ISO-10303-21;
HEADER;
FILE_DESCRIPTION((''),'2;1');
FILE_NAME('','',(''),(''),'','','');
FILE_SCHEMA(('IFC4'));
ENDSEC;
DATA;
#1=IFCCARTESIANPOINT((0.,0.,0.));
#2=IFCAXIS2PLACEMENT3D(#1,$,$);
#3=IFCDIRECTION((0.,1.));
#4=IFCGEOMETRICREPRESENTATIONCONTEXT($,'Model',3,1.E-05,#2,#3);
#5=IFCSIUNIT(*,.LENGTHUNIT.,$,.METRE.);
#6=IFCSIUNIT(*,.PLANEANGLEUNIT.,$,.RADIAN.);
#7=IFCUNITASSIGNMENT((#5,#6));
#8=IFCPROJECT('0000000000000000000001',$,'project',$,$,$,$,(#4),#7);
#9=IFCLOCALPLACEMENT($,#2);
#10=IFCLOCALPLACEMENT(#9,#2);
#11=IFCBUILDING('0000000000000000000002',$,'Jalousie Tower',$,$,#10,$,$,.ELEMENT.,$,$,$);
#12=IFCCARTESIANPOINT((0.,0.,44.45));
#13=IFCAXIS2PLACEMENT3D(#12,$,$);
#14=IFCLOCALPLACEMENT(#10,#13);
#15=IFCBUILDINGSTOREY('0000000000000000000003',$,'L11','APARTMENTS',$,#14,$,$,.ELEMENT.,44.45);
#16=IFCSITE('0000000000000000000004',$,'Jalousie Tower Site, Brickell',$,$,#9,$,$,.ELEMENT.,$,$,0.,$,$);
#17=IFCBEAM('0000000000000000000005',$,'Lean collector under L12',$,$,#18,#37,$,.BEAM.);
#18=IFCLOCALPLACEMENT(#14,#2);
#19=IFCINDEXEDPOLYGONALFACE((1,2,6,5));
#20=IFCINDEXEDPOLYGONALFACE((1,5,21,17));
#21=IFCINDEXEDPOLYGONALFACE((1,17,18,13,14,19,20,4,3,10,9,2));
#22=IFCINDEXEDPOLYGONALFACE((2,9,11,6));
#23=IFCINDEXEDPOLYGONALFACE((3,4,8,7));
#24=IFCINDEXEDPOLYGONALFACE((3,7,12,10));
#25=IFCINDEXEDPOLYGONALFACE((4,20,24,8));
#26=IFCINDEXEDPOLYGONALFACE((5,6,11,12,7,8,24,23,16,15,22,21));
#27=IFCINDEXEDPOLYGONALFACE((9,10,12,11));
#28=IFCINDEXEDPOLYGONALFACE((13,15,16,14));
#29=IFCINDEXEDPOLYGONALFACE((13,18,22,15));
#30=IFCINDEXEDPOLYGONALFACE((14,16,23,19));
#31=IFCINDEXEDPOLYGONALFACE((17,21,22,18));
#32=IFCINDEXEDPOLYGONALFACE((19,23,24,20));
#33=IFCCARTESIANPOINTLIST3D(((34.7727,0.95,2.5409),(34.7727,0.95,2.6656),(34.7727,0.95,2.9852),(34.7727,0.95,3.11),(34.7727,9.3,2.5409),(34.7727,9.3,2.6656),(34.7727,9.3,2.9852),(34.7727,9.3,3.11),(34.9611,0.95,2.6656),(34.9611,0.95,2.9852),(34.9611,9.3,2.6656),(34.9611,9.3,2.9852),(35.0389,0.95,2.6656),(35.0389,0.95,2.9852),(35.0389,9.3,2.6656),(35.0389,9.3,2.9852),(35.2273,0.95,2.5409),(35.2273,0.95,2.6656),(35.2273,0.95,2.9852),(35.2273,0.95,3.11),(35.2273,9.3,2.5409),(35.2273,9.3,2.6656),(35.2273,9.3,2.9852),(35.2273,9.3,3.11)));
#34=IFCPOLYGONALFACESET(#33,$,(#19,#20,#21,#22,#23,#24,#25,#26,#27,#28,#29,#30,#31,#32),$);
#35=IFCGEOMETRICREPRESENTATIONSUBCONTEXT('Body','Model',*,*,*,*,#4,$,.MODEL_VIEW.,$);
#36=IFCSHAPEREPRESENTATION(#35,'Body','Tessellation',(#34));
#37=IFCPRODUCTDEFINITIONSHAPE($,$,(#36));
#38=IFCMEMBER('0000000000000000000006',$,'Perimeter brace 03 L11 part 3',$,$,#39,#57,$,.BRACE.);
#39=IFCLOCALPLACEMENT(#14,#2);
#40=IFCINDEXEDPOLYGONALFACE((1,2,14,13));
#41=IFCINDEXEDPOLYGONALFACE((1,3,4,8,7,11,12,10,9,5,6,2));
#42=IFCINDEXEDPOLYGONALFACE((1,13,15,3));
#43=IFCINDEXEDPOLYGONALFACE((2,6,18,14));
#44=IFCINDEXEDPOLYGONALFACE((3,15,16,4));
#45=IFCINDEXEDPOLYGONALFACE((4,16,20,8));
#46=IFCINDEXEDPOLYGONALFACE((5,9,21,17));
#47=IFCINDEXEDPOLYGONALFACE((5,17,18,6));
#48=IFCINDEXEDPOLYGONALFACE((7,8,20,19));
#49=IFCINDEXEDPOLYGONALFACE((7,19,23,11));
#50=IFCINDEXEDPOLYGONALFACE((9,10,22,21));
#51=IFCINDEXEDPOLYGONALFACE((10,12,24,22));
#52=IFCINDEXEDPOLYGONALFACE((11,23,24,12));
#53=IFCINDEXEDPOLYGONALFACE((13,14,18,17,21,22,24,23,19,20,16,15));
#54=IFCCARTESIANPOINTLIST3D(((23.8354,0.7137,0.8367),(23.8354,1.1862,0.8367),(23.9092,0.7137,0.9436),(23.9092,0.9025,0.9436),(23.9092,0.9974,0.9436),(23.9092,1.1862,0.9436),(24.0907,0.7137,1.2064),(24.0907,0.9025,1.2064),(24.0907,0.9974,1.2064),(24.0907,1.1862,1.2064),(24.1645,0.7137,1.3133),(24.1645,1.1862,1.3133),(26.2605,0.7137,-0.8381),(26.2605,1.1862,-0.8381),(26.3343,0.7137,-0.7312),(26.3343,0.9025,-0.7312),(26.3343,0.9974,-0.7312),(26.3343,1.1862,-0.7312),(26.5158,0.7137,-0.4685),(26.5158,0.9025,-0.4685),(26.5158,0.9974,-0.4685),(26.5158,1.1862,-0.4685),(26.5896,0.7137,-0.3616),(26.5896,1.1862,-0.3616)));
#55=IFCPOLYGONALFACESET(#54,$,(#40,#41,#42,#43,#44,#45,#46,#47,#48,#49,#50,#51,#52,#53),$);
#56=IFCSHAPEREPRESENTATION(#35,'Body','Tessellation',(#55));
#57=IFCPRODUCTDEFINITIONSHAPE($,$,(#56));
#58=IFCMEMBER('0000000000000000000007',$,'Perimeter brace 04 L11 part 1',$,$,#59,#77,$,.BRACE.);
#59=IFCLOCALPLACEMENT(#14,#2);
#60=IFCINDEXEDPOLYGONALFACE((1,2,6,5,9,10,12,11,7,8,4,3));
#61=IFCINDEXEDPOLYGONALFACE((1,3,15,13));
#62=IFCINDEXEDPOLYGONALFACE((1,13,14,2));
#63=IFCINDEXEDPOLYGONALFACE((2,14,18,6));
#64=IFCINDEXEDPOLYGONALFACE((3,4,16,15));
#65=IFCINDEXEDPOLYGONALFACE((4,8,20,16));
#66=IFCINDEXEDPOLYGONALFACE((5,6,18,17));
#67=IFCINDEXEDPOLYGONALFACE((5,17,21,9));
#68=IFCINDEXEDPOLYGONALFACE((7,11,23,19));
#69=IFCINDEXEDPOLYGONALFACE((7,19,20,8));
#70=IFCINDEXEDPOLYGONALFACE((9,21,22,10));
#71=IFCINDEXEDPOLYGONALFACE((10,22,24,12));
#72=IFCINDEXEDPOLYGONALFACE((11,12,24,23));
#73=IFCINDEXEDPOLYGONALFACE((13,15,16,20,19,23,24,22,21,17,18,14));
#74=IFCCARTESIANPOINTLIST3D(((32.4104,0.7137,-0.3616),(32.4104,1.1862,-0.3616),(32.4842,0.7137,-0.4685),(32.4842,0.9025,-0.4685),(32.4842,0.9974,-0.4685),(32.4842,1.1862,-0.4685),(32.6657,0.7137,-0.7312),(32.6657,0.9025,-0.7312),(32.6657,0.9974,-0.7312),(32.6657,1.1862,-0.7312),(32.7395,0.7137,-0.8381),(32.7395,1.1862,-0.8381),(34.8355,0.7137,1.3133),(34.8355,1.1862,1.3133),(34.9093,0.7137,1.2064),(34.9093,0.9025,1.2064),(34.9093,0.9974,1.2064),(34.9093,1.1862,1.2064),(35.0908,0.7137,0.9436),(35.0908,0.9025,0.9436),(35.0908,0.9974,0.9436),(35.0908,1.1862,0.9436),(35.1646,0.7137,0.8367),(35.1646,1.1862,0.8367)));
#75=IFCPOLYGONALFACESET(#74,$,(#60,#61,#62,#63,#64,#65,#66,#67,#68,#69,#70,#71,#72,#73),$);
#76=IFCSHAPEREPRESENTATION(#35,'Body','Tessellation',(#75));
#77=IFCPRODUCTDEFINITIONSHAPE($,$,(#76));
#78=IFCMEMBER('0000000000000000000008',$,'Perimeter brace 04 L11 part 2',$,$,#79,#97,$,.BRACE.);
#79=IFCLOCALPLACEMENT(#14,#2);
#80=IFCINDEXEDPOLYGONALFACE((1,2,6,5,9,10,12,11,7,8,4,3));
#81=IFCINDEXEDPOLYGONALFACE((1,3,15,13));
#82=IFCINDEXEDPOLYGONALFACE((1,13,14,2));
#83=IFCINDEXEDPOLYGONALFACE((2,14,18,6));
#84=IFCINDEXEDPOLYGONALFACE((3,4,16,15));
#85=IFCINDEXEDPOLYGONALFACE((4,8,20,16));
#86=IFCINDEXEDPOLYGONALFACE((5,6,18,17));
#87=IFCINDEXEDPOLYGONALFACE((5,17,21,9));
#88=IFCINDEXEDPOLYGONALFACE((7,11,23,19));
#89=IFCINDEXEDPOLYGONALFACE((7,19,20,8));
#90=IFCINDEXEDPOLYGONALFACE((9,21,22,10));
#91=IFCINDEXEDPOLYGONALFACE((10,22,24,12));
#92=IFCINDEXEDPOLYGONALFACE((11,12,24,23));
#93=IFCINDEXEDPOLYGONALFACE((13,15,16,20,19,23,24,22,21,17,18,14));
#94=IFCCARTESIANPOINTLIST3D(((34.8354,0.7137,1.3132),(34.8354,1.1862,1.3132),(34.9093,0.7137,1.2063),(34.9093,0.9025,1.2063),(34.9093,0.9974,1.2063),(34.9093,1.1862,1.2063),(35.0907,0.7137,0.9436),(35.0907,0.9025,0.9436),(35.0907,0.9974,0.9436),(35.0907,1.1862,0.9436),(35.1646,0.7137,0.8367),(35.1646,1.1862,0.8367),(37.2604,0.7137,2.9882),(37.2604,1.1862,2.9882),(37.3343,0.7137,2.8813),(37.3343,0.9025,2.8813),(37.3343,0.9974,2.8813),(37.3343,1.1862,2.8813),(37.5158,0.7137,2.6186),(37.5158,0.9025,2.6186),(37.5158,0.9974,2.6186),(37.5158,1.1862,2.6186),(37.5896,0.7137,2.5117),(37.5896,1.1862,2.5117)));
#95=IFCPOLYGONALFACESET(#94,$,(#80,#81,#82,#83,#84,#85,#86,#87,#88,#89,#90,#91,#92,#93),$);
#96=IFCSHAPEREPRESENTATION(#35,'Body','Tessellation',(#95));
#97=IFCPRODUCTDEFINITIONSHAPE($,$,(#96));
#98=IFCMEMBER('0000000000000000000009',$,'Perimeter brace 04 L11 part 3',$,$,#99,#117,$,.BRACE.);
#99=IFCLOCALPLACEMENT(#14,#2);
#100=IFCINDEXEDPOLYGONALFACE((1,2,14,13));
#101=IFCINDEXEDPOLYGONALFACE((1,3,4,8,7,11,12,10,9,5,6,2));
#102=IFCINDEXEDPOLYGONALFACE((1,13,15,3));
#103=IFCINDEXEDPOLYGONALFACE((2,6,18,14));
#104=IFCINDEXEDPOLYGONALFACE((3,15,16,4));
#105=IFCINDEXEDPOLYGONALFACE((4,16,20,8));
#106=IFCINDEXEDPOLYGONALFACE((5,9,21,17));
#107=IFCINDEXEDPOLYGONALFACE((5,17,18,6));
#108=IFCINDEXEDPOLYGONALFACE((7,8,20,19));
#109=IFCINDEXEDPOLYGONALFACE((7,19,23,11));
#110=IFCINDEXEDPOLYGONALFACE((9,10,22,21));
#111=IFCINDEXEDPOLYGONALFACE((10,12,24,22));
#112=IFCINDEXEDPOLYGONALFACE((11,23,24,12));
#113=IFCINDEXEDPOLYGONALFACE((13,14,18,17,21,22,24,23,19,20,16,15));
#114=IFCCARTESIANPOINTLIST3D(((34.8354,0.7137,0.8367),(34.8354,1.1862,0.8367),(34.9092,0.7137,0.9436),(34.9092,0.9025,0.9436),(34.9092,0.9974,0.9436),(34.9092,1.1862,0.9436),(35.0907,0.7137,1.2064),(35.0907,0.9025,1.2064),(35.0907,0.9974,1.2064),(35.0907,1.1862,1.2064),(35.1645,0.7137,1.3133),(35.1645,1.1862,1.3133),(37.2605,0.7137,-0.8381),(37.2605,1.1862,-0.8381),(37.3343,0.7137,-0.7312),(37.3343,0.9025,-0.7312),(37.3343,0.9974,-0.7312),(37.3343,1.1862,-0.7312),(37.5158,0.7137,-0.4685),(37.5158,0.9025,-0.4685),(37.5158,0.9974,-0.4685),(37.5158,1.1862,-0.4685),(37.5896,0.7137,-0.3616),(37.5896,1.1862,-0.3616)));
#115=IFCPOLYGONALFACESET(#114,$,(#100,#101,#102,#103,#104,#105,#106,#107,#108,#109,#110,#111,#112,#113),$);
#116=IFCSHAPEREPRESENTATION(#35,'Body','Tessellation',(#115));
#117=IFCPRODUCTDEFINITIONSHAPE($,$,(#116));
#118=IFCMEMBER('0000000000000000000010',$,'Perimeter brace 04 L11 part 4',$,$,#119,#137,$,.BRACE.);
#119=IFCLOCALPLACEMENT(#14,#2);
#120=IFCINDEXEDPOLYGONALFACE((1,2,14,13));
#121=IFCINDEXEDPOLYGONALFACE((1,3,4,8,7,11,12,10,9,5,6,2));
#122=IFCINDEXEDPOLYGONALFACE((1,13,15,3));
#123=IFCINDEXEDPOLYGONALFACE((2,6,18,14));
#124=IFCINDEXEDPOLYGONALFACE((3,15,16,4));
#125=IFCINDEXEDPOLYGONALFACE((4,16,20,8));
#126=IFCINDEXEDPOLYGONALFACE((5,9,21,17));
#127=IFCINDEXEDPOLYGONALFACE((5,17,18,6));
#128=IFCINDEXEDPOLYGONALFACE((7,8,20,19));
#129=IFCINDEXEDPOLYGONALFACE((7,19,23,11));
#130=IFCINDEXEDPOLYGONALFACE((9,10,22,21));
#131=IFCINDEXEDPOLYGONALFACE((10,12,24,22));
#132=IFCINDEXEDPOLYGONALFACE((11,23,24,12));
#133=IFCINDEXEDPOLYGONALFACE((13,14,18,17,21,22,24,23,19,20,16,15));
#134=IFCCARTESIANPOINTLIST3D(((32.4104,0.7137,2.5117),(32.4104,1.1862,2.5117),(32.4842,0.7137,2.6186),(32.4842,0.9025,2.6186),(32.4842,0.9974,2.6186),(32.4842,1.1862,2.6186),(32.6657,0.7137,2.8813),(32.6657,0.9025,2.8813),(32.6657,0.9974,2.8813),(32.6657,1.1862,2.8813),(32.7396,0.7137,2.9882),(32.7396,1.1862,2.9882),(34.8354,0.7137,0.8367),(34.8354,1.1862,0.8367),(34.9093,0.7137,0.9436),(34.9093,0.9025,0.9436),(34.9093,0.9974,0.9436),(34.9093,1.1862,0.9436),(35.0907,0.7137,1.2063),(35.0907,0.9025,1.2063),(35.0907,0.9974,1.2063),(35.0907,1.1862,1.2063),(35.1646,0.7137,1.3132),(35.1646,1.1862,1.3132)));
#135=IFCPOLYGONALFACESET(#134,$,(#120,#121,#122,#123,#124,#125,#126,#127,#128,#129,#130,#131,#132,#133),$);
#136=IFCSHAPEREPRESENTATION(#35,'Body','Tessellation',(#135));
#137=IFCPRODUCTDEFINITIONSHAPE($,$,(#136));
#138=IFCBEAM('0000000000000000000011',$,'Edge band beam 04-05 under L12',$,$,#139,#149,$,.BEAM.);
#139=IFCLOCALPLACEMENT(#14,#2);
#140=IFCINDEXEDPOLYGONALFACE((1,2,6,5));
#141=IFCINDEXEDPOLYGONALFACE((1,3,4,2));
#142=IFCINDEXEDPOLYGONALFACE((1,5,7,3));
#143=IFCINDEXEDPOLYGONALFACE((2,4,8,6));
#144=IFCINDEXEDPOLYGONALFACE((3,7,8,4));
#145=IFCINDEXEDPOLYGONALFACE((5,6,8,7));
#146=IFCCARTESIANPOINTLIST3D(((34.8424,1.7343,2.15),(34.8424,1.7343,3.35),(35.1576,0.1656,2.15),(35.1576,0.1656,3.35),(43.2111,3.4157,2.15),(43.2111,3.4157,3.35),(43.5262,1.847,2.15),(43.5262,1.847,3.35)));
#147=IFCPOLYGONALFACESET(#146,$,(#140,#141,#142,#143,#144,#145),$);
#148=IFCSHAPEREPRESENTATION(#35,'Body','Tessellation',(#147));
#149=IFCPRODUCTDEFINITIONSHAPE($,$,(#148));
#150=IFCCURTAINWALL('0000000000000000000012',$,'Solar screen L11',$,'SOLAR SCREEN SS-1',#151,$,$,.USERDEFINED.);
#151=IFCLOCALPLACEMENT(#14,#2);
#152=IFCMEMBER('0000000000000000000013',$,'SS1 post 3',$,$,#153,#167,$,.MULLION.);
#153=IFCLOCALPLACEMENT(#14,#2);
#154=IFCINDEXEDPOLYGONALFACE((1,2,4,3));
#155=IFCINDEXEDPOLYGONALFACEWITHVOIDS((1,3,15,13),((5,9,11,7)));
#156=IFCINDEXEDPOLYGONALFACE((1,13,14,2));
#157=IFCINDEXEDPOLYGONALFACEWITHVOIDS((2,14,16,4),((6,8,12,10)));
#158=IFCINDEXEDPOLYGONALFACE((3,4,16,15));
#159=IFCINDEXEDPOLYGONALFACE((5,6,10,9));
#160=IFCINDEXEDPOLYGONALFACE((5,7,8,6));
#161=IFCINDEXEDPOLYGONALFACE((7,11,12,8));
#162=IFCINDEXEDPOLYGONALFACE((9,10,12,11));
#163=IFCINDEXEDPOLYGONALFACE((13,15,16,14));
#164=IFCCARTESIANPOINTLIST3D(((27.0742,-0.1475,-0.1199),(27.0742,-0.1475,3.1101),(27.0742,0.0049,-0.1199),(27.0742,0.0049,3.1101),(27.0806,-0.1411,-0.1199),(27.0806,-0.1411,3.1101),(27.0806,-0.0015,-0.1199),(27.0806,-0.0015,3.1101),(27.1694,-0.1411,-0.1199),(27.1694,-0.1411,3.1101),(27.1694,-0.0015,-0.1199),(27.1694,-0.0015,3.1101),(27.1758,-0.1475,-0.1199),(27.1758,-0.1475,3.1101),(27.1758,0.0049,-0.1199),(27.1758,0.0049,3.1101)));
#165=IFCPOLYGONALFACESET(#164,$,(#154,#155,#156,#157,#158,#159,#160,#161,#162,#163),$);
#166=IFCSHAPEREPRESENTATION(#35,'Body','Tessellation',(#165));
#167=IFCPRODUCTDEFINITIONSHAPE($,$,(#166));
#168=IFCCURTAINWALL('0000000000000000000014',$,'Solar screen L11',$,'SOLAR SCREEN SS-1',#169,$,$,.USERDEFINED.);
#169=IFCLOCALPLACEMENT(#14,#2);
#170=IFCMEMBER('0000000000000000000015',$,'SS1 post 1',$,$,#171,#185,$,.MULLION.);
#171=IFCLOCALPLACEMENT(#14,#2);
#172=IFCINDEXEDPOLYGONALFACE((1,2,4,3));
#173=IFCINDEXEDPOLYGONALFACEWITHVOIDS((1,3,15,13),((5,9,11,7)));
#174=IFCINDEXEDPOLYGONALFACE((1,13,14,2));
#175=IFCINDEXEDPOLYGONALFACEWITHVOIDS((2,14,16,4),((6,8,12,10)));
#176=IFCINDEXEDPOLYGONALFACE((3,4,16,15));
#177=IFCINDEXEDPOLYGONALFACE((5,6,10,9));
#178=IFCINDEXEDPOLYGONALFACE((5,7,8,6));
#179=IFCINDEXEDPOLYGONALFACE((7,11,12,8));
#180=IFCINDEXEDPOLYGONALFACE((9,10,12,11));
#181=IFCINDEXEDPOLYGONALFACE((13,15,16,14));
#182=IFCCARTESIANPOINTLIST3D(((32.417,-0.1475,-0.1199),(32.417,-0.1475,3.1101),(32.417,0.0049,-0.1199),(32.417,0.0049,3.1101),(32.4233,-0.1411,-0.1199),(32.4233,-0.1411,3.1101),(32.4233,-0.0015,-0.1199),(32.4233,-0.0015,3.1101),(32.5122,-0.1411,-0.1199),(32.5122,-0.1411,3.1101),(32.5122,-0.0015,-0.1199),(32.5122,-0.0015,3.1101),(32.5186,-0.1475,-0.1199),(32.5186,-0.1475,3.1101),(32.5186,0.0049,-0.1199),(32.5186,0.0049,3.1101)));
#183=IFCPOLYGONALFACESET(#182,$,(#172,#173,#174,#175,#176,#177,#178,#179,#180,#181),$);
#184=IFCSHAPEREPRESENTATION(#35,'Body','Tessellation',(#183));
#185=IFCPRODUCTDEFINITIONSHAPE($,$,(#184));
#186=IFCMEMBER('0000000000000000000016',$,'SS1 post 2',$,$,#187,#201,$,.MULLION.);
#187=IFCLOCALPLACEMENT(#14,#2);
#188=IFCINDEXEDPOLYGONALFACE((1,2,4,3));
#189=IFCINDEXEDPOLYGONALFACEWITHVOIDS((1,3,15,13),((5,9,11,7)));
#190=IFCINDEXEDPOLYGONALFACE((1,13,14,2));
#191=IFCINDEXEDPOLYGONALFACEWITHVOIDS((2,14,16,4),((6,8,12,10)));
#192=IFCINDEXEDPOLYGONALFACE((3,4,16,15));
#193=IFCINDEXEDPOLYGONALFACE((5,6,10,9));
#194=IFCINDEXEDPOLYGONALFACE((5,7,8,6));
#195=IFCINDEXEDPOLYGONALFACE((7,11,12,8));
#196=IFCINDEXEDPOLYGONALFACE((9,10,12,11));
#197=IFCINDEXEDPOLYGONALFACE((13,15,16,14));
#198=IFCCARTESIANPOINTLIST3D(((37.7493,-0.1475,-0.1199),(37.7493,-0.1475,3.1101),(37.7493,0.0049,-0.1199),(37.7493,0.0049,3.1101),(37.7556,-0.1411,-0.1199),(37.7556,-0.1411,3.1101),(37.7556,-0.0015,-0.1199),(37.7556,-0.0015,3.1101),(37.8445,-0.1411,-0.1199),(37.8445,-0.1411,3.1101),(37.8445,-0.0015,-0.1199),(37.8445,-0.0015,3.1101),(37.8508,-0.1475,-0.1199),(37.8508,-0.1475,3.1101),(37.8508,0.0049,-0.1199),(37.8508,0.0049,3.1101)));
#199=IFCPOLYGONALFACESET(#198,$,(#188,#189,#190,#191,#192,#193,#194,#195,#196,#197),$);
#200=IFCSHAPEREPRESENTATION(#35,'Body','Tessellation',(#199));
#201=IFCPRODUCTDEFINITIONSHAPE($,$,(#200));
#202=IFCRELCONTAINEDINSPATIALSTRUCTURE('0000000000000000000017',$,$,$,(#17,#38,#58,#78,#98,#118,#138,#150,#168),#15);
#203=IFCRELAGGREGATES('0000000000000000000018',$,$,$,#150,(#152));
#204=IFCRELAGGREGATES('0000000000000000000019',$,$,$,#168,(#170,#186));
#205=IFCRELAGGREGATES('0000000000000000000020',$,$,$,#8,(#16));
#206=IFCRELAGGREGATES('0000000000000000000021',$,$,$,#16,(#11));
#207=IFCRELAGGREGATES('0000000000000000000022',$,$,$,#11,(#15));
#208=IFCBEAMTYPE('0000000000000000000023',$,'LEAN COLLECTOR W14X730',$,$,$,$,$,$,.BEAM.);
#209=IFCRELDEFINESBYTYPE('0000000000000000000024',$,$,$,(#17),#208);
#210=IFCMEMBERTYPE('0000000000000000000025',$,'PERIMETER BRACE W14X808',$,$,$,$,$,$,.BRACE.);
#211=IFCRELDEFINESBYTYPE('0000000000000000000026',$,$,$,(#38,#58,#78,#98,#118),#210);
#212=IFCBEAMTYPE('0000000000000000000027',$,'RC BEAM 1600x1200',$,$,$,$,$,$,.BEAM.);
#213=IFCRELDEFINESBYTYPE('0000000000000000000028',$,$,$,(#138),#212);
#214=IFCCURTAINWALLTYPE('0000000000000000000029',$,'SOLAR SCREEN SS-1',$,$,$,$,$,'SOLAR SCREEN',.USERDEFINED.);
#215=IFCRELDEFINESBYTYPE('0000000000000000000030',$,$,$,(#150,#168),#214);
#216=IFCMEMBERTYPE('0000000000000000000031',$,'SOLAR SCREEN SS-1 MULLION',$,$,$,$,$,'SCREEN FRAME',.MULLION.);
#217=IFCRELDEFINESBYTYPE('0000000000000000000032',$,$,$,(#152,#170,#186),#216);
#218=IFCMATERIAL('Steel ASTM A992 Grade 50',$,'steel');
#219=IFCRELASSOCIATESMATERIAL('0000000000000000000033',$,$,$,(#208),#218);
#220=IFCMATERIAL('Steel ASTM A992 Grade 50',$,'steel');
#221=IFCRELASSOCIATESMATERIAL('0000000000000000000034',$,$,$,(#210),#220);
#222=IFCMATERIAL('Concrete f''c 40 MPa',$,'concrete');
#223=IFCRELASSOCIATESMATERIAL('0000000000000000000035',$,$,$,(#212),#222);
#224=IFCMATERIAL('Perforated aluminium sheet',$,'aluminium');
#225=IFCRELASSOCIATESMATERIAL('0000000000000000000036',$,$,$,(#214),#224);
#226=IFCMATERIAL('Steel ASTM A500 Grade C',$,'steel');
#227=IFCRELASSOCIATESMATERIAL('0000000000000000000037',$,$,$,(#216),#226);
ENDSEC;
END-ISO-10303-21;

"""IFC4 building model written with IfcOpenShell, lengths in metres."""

from ifc_helpers import new_model, si_unit, direction, frame, origin, origin_2d, place, context, subcontext, project, spatial, rectangle, hollow_rectangle, i_section, extrude, material, material_profile, profile_set, type_object, element, aggregate, save


model = new_model("IFC4")

# Units and contexts
model_context = context("Model", 3, precision=1e-05, world=origin(), true_north=direction((0.0, 1.0)))
body_context = subcontext(model_context, "Body", "Model", "MODEL_VIEW")
ifc_project = project(units=[si_unit("LENGTHUNIT", "METRE"), si_unit("PLANEANGLEUNIT", "RADIAN")], contexts=[model_context])

# Site, building, storey
site_placement = place(None, origin())
site = spatial("IfcSite", under=ifc_project, at=site_placement, Name="Jalousie Tower Site, Brickell", CompositionType="ELEMENT", RefElevation=0.0)
building_placement = place(site_placement, origin())
building = spatial("IfcBuilding", under=site, at=building_placement, Name="Jalousie Tower", CompositionType="ELEMENT")
storey_placement = place(building_placement, frame((0.0, 0.0, 44.45)))
storey = spatial("IfcBuildingStorey", under=building, at=storey_placement, Name="L11", Description="APARTMENTS", CompositionType="ELEMENT", Elevation=44.45)

# Beam
ifc_material_1 = material(Name="Steel ASTM A992 Grade 50", Category="steel")
ifc_material_profile_1 = material_profile(ifc_material_1, i_section(OverallWidth=0.4546, OverallDepth=0.5691, WebThickness=0.0779, FlangeThickness=0.1248, at=origin_2d()), Name="W14X730")
ifc_profile_set_1 = profile_set([ifc_material_profile_1], Name="Steel ASTM A992 Grade 50")
beam_type_1 = type_object("IfcBeamType", Name="LEAN COLLECTOR W14X730", PredefinedType="BEAM", material=ifc_profile_set_1)
beam_1_placement = place(storey_placement, frame((35.0, 0.95, 2.8254), z_axis=(0.0, 1.0, 0.0), x_axis=(-1.0, 0.0, 0.0)))
element("IfcBeam", 1, at=beam_1_placement, inside=storey, type_object=beam_type_1, Name="Lean collector under L12", PredefinedType="BEAM", context=body_context, shape_type="SweptSolid", body=[
    extrude(i_section(OverallWidth=0.4546, OverallDepth=0.5691, WebThickness=0.0779, FlangeThickness=0.1248, at=origin_2d()), origin(), (0.0, 0.0, 1.0), 8.3501),
])

# Members
ifc_material_2 = material(Name="Steel ASTM A992 Grade 50", Category="steel")
ifc_material_profile_2 = material_profile(ifc_material_2, i_section(OverallWidth=0.4724, OverallDepth=0.5791, WebThickness=0.095, FlangeThickness=0.1299, at=origin_2d()), Name="W14X808")
ifc_profile_set_2 = profile_set([ifc_material_profile_2], Name="Steel ASTM A992 Grade 50")
member_type_1 = type_object("IfcMemberType", Name="PERIMETER BRACE W14X808", PredefinedType="BRACE", material=ifc_profile_set_2)
for number, where, z_axis, x_axis, name in (
    (2, (26.425, 0.95, -0.5999), (-0.822839, 0.0, 0.568275), (0.0, -1.0, 0.0), "Perimeter brace 03 L11 part 3"),
    (3, (32.575, 0.95, -0.5999), (0.822839, 0.0, 0.568275), (0.0, 1.0, 0.0), "Perimeter brace 04 L11 part 1"),
    (4, (35.0, 0.95, 1.075), (0.8228, 0.0, 0.568331), (0.0, 1.0, 0.0), "Perimeter brace 04 L11 part 2"),
    (5, (37.425, 0.95, -0.5999), (-0.822839, 0.0, 0.568275), (0.0, -1.0, 0.0), "Perimeter brace 04 L11 part 3"),
    (6, (35.0, 0.95, 1.075), (-0.8228, 0.0, 0.568331), (0.0, -1.0, 0.0), "Perimeter brace 04 L11 part 4"),
):
    element("IfcMember", number, at=place(storey_placement, frame(where, z_axis=z_axis, x_axis=x_axis)), inside=storey, type_object=member_type_1, Name=name, PredefinedType="BRACE", context=body_context, shape_type="SweptSolid", body=[
        extrude(i_section(OverallWidth=0.4724, OverallDepth=0.5791, WebThickness=0.095, FlangeThickness=0.1299, at=origin_2d()), origin(), (0.0, 0.0, 1.0), 2.9473),
    ])

# Beam
ifc_material_3 = material(Name="Concrete f'c 40 MPa", Category="concrete")
ifc_material_profile_3 = material_profile(ifc_material_3, rectangle(XDim=1.6001, YDim=1.2, at=origin_2d()), Name="RC 1600x1200")
ifc_profile_set_3 = profile_set([ifc_material_profile_3], Name="Concrete f'c 40 MPa")
beam_type_2 = type_object("IfcBeamType", Name="RC BEAM 1600x1200", PredefinedType="BEAM", material=ifc_profile_set_3)
beam_2_placement = place(storey_placement, frame((35.0, 0.95, 2.75), z_axis=(0.980408, 0.19698, 0.0), x_axis=(-0.19698, 0.980408, 0.0)))
element("IfcBeam", 7, at=beam_2_placement, inside=storey, type_object=beam_type_2, Name="Edge band beam 04-05 under L12", PredefinedType="BEAM", context=body_context, shape_type="SweptSolid", body=[
    extrude(rectangle(XDim=1.6001, YDim=1.2, at=origin_2d()), origin(), (0.0, 0.0, 1.0), 8.5359),
])

# Curtain wall, member
ifc_material_4 = material(Name="Perforated aluminium sheet", Category="aluminium")
curtain_wall_type = type_object("IfcCurtainWallType", Name="SOLAR SCREEN SS-1", ElementType="SOLAR SCREEN", PredefinedType="USERDEFINED", material=ifc_material_4)
curtain_wall_1_placement = place(storey_placement, origin())
curtain_wall_1 = element("IfcCurtainWall", 8, at=curtain_wall_1_placement, inside=storey, type_object=curtain_wall_type, Name="Solar screen L11", ObjectType="SOLAR SCREEN SS-1", PredefinedType="USERDEFINED")
ifc_material_5 = material(Name="Steel ASTM A500 Grade C", Category="steel")
ifc_material_profile_4 = material_profile(ifc_material_5, hollow_rectangle(XDim=0.1016, YDim=0.1523, WallThickness=0.0063, at=origin_2d()), Name="HSS6X4X1/4")
ifc_profile_set_4 = profile_set([ifc_material_profile_4], Name="Steel ASTM A500 Grade C")
member_type_2 = type_object("IfcMemberType", Name="SOLAR SCREEN SS-1 MULLION", ElementType="SCREEN FRAME", PredefinedType="MULLION", material=ifc_profile_set_4)
member_1_placement = place(storey_placement, frame((27.125, -0.0713, -0.1199), z_axis=(0.0, 0.0, 1.0), x_axis=(1.0, 0.0, 0.0)))
member_1 = element("IfcMember", 9, at=member_1_placement, type_object=member_type_2, Name="SS1 post 3", PredefinedType="MULLION", context=body_context, shape_type="SweptSolid", body=[
    extrude(hollow_rectangle(XDim=0.1016, YDim=0.1523, WallThickness=0.0063, at=origin_2d()), origin(), (0.0, 0.0, 1.0), 3.23),
])
aggregate(curtain_wall_1, [member_1])

# Curtain wall, members
curtain_wall_2_placement = place(storey_placement, origin())
curtain_wall_2 = element("IfcCurtainWall", 10, at=curtain_wall_2_placement, inside=storey, type_object=curtain_wall_type, Name="Solar screen L11", ObjectType="SOLAR SCREEN SS-1", PredefinedType="USERDEFINED")
member_2_placement = place(storey_placement, frame((32.4678, -0.0713, -0.1199), z_axis=(0.0, 0.0, 1.0), x_axis=(1.0, 0.0, 0.0)))
member_2 = element("IfcMember", 11, at=member_2_placement, type_object=member_type_2, Name="SS1 post 1", PredefinedType="MULLION", context=body_context, shape_type="SweptSolid", body=[
    extrude(hollow_rectangle(XDim=0.1016, YDim=0.1523, WallThickness=0.0063, at=origin_2d()), origin(), (0.0, 0.0, 1.0), 3.23),
])
member_3_placement = place(storey_placement, frame((37.8, -0.0713, -0.1199), z_axis=(0.0, 0.0, 1.0), x_axis=(1.0, 0.0, 0.0)))
member_3 = element("IfcMember", 12, at=member_3_placement, type_object=member_type_2, Name="SS1 post 2", PredefinedType="MULLION", context=body_context, shape_type="SweptSolid", body=[
    extrude(hollow_rectangle(XDim=0.1016, YDim=0.1523, WallThickness=0.0063, at=origin_2d()), origin(), (0.0, 0.0, 1.0), 3.23),
])
aggregate(curtain_wall_2, [member_2, member_3])

save(model, "model.ifc")
